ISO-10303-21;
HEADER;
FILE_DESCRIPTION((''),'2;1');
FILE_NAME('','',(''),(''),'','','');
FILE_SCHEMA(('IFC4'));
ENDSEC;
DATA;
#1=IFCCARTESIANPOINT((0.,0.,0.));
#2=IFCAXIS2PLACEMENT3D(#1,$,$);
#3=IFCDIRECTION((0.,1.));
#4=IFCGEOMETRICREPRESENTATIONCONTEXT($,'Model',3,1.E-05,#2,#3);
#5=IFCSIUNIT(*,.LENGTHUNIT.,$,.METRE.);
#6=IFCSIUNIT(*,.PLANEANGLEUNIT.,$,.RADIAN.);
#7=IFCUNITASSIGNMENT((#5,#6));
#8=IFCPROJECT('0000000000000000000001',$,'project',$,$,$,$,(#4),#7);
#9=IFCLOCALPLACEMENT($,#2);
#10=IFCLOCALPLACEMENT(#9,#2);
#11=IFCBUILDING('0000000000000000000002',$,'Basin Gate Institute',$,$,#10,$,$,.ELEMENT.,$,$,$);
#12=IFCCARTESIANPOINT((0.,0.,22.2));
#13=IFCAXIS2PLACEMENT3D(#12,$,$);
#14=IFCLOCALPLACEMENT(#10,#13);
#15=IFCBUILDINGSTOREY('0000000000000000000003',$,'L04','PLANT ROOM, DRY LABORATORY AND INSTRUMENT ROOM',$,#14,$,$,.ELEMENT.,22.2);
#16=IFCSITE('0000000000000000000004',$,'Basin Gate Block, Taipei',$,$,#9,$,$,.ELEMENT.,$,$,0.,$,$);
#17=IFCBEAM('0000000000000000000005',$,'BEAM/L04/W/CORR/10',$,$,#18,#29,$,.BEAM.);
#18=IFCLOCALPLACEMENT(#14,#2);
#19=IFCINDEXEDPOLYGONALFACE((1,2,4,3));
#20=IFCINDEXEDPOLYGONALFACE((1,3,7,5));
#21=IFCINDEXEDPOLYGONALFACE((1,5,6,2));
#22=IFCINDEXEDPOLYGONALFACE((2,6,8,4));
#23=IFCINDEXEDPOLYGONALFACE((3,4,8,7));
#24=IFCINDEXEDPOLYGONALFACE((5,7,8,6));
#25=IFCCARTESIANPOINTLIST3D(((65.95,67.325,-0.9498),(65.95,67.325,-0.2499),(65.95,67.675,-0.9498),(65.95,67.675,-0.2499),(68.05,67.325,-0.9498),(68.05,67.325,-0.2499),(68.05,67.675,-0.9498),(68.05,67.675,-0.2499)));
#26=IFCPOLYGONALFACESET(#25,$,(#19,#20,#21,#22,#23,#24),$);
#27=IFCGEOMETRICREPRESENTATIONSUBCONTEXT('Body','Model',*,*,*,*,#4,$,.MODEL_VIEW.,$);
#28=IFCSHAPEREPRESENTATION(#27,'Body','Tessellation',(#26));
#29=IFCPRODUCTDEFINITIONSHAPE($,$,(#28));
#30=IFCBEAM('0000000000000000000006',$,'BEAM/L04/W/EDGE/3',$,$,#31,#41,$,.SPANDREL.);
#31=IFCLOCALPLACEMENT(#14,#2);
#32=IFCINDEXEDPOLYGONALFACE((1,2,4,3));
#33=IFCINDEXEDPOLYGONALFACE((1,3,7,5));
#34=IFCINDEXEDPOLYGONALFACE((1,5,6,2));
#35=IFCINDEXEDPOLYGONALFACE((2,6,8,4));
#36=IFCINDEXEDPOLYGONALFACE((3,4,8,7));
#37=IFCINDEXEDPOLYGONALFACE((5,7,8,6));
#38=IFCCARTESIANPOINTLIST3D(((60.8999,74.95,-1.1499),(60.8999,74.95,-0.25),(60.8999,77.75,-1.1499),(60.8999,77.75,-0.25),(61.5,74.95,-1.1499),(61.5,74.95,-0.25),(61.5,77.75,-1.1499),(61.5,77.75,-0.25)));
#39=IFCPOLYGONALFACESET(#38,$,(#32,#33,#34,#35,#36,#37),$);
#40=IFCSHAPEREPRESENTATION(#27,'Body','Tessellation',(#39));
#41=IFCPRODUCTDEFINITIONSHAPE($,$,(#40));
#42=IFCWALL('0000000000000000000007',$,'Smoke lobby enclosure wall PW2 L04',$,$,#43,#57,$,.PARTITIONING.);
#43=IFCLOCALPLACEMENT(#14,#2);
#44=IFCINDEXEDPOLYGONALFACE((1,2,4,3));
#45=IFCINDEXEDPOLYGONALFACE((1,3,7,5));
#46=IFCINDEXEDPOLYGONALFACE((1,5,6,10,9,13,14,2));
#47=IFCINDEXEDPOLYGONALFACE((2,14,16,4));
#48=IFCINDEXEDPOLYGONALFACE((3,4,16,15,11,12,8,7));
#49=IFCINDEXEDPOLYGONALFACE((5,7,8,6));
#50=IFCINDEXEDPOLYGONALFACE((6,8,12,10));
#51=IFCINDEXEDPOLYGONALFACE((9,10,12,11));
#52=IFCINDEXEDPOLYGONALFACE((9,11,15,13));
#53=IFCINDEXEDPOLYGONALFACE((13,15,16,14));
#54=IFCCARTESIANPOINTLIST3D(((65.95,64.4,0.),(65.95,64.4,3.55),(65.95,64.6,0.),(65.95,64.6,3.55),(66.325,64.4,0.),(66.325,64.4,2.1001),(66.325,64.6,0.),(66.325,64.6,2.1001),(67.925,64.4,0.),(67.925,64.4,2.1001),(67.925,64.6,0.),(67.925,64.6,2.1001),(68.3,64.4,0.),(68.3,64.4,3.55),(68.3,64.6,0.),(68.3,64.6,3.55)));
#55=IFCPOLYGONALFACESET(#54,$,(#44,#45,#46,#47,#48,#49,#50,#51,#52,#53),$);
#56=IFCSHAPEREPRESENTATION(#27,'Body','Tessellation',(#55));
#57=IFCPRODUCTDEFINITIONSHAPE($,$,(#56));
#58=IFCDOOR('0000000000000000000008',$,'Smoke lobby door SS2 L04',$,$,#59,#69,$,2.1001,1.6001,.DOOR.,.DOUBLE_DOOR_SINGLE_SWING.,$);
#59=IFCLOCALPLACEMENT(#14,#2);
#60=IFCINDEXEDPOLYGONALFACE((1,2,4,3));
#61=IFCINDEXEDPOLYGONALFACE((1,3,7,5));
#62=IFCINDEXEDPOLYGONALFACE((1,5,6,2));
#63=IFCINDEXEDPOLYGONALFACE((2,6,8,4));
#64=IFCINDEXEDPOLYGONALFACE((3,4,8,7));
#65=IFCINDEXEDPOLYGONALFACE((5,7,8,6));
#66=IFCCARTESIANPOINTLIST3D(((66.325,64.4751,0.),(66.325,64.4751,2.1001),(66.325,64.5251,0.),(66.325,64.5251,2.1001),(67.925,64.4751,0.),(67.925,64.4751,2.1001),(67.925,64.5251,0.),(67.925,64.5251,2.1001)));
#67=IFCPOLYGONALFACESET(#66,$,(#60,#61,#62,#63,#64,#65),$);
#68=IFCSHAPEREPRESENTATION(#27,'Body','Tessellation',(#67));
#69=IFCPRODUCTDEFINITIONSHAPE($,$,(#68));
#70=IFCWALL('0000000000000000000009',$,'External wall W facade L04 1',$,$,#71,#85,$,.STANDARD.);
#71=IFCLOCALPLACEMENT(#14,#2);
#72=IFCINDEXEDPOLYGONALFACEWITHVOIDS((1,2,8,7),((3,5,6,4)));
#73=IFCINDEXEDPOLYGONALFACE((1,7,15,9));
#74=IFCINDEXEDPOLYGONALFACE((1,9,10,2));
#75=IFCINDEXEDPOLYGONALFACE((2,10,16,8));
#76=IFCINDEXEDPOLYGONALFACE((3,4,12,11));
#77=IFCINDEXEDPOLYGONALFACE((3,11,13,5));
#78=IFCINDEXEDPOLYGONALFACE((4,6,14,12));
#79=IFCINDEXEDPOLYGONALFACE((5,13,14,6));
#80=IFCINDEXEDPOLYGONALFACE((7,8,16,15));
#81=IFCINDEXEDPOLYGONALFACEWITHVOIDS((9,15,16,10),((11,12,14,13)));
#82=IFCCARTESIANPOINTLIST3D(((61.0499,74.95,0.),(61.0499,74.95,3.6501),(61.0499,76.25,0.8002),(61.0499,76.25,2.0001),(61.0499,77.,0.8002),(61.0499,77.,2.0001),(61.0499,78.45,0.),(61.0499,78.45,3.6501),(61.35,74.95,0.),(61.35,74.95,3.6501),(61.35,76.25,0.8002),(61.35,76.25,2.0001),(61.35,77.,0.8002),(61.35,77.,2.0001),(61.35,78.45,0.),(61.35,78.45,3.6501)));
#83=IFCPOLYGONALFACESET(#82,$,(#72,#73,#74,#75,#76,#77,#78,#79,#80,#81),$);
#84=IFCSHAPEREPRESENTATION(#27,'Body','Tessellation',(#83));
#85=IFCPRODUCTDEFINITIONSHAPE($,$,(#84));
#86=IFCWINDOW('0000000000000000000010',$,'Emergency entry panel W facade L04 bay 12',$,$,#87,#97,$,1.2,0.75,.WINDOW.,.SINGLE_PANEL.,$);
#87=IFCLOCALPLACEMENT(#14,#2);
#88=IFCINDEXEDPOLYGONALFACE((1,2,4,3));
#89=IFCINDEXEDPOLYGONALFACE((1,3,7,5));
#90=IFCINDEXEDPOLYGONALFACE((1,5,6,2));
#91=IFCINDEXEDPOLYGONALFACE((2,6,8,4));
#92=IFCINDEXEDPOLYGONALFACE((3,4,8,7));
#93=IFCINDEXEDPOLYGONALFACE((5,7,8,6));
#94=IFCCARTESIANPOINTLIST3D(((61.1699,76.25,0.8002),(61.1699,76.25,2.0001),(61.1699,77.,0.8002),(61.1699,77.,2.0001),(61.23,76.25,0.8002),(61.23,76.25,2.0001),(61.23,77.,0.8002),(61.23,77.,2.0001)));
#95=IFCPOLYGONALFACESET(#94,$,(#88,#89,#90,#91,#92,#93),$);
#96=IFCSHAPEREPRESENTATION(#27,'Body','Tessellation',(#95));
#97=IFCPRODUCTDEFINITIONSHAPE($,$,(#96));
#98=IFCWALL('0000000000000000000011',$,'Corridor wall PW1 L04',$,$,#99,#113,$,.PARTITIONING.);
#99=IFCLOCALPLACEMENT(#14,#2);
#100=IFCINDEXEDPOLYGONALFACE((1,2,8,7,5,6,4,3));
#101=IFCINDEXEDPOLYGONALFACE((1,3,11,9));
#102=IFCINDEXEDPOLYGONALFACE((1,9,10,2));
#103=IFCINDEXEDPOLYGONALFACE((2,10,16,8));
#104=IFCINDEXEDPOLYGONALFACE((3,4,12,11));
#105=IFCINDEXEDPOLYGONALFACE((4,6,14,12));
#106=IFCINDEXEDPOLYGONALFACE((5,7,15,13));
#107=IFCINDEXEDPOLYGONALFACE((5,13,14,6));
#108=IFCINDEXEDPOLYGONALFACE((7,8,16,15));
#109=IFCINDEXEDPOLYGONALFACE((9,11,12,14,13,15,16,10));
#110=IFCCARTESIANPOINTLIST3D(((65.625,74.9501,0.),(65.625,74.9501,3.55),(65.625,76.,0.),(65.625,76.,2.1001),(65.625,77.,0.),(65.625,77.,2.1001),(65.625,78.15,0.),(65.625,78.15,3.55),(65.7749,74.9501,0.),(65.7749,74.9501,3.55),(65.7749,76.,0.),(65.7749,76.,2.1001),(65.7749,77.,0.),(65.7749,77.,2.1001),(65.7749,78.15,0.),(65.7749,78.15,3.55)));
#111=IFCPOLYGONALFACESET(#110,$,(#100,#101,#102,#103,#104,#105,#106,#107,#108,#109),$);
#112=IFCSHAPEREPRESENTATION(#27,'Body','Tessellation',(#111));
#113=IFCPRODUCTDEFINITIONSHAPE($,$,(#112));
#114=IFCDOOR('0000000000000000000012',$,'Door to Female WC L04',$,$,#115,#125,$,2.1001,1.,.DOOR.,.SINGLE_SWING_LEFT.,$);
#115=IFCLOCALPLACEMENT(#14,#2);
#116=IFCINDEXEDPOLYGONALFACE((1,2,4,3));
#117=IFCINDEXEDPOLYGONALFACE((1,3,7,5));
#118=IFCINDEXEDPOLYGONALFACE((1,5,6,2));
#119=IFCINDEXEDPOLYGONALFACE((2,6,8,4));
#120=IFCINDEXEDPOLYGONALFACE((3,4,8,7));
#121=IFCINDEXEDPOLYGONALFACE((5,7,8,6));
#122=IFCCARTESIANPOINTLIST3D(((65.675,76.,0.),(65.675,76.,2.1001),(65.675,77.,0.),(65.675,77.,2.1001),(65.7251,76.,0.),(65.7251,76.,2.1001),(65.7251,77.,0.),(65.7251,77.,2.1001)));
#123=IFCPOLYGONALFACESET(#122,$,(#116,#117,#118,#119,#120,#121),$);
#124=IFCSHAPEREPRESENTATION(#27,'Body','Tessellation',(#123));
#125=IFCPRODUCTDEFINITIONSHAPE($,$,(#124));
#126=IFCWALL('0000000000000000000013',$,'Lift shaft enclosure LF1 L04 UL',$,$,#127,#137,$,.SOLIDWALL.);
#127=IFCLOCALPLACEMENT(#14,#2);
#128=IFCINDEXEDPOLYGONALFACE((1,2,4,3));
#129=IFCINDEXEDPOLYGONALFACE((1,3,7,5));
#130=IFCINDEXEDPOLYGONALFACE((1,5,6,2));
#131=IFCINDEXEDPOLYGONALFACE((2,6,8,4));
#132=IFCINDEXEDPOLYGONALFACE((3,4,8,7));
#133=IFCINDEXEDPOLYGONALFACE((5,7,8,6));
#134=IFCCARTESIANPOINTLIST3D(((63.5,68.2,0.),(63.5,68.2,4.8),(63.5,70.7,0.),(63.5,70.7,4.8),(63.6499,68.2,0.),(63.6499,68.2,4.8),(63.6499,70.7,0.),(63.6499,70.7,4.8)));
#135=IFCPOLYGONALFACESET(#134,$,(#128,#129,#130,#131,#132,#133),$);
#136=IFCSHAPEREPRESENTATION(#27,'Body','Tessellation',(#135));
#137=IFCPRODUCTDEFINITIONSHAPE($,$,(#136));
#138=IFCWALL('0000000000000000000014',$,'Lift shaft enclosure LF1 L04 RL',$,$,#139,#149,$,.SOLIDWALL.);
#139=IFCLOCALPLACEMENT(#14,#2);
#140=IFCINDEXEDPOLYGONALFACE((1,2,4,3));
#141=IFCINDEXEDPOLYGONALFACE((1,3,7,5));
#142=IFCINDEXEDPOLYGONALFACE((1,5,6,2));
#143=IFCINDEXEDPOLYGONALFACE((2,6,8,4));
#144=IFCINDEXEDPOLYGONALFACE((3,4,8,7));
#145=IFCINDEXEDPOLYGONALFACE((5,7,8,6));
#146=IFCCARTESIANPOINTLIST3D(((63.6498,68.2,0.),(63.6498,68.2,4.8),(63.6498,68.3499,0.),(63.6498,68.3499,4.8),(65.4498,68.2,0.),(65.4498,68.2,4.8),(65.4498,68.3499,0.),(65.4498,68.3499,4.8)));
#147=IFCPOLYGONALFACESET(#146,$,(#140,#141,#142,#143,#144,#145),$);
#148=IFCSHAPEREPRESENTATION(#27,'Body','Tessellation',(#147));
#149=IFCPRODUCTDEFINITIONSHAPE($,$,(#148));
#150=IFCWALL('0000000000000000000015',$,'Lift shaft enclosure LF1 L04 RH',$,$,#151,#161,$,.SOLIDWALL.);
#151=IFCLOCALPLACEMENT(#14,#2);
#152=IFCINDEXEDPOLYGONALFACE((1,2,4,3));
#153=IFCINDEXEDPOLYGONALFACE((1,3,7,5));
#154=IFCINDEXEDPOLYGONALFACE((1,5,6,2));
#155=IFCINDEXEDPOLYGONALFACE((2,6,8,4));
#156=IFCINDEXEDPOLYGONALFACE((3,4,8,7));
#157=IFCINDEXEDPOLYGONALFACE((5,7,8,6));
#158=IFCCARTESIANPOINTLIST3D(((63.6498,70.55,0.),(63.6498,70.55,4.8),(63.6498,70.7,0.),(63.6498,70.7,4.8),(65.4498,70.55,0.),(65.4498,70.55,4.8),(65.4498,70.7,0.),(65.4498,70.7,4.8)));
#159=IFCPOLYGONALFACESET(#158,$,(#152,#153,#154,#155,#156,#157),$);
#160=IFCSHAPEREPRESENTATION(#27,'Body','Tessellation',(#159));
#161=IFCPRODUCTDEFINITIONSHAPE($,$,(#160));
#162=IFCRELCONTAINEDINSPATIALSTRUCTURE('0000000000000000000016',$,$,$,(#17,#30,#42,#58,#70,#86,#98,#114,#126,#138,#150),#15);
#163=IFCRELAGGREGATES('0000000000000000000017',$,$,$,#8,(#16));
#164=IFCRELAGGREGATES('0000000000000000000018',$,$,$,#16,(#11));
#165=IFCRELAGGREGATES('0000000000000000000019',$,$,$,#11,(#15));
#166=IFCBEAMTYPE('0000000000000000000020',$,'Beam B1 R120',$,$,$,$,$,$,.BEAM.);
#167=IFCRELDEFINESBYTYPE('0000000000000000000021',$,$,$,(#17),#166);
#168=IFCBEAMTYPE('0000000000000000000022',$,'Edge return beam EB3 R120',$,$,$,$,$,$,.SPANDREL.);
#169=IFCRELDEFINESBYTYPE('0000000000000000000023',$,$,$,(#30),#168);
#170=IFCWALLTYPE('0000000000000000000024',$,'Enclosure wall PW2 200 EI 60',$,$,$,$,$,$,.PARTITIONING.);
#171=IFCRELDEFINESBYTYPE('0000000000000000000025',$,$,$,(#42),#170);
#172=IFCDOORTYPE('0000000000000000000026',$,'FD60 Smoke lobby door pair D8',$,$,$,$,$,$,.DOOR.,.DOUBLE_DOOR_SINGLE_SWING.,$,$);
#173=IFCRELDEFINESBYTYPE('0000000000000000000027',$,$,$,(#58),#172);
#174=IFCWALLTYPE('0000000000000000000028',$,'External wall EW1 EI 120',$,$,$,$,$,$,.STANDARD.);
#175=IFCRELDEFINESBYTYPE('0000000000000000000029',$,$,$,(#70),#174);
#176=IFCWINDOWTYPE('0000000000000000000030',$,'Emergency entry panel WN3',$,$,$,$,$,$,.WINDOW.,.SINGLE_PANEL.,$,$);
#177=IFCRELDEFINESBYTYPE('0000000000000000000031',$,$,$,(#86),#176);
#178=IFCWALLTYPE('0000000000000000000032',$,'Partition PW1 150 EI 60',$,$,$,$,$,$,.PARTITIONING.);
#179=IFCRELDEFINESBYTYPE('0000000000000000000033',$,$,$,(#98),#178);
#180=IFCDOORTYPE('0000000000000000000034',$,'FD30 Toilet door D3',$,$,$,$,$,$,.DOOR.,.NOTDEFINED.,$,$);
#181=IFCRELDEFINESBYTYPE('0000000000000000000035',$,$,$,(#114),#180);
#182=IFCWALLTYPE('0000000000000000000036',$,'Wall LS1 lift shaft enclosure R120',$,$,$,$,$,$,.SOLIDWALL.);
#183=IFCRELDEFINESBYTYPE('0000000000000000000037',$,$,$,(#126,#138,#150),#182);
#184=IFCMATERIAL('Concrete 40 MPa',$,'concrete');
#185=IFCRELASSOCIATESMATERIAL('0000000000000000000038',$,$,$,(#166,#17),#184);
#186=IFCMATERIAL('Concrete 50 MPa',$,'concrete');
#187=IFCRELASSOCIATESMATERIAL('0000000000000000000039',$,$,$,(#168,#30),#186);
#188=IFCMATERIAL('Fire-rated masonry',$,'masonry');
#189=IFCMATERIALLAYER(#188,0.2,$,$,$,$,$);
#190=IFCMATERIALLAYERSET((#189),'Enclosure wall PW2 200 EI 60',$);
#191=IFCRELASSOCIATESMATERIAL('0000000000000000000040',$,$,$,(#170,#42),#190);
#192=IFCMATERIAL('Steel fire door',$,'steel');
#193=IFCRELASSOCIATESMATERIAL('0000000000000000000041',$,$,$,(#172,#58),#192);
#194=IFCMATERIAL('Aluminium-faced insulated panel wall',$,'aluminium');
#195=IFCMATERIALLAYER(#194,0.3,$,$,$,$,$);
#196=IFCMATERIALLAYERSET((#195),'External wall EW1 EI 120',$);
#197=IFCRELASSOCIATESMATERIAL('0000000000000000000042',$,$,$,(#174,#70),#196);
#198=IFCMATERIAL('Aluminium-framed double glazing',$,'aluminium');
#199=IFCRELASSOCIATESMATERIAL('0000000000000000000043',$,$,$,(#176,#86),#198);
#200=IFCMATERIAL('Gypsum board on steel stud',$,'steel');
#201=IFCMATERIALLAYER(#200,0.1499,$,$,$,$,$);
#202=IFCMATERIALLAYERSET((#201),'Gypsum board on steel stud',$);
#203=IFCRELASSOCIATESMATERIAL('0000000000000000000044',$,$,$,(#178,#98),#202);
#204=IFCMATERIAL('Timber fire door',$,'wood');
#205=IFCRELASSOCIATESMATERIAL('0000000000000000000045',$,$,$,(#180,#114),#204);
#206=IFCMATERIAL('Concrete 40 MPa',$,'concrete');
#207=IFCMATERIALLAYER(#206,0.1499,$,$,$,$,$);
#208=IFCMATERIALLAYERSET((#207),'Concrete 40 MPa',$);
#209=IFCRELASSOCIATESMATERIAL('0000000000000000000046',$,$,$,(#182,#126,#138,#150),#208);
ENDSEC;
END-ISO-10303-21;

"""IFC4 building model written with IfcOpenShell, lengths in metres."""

from ifc_helpers import new_model, si_unit, direction, frame, frame_2d, origin, origin_2d, place, context, subcontext, project, spatial, rectangle, extrude, material, layer, layer_set, material_profile, profile_set, type_object, element, fill, save


model = new_model("IFC4")

# Units and contexts
model_context = context("Model", 3, precision=1e-05, world=origin(), true_north=direction((0.0, 1.0)))
body_context = subcontext(model_context, "Body", "Model", "MODEL_VIEW")
ifc_project = project(units=[si_unit("LENGTHUNIT", "METRE"), si_unit("PLANEANGLEUNIT", "RADIAN")], contexts=[model_context])

# Site, building, storey
site_placement = place(None, origin())
site = spatial("IfcSite", under=ifc_project, at=site_placement, Name="Basin Gate Block, Taipei", CompositionType="ELEMENT", RefElevation=0.0)
building_placement = place(site_placement, origin())
building = spatial("IfcBuilding", under=site, at=building_placement, Name="Basin Gate Institute", CompositionType="ELEMENT")
storey_placement = place(building_placement, frame((0.0, 0.0, 22.2)))
storey = spatial("IfcBuildingStorey", under=building, at=storey_placement, Name="L04", Description="PLANT ROOM, DRY LABORATORY AND INSTRUMENT ROOM", CompositionType="ELEMENT", Elevation=22.2)

# Beams
ifc_material_1 = material(Name="Concrete 40 MPa", Category="concrete")
ifc_material_profile_1 = material_profile(ifc_material_1, rectangle(XDim=0.3501, YDim=0.7, at=origin_2d()), Name="Beam B1 350 x 700")
ifc_profile_set_1 = profile_set([ifc_material_profile_1], Name="Concrete 40 MPa")
beam_type_1 = type_object("IfcBeamType", Name="Beam B1 R120", PredefinedType="BEAM", material=ifc_profile_set_1)
beam_1_placement = place(storey_placement, frame((65.95, 67.5, -0.5999), z_axis=(1.0, 0.0, 0.0), x_axis=(0.0, 1.0, 0.0)))
element("IfcBeam", 1, at=beam_1_placement, inside=storey, type_object=beam_type_1, material=ifc_profile_set_1, Name="BEAM/L04/W/CORR/10", PredefinedType="BEAM", context=body_context, shape_type="SweptSolid", body=[
    extrude(rectangle(XDim=0.3501, YDim=0.7, at=origin_2d()), origin(), (0.0, 0.0, 1.0), 2.1001),
])
ifc_material_2 = material(Name="Concrete 50 MPa", Category="concrete")
ifc_material_profile_2 = material_profile(ifc_material_2, rectangle(XDim=0.6001, YDim=0.8999, at=origin_2d()), Name="Edge return beam EB3 600 x 900")
ifc_profile_set_2 = profile_set([ifc_material_profile_2], Name="Concrete 50 MPa")
beam_type_2 = type_object("IfcBeamType", Name="Edge return beam EB3 R120", PredefinedType="SPANDREL", material=ifc_profile_set_2)
beam_2_placement = place(storey_placement, frame((61.2, 74.95, -0.7), z_axis=(0.0, 1.0, 0.0), x_axis=(-1.0, 0.0, 0.0)))
element("IfcBeam", 2, at=beam_2_placement, inside=storey, type_object=beam_type_2, material=ifc_profile_set_2, Name="BEAM/L04/W/EDGE/3", PredefinedType="SPANDREL", context=body_context, shape_type="SweptSolid", body=[
    extrude(rectangle(XDim=0.6001, YDim=0.8999, at=origin_2d()), origin(), (0.0, 0.0, 1.0), 2.8),
])

# Wall, opening, door
ifc_material_3 = material(Name="Fire-rated masonry", Category="masonry")
ifc_layer_1 = layer(ifc_material_3, 0.2)
ifc_layer_set_1 = layer_set([ifc_layer_1], Name="Enclosure wall PW2 200 EI 60")
wall_type_1 = type_object("IfcWallType", Name="Enclosure wall PW2 200 EI 60", PredefinedType="PARTITIONING", material=ifc_layer_set_1)
wall_1_placement = place(storey_placement, frame((65.95, 64.5, 0.0), z_axis=(0.0, 0.0, 1.0), x_axis=(1.0, 0.0, 0.0)))
wall_1 = element("IfcWall", 3, at=wall_1_placement, inside=storey, type_object=wall_type_1, material=ifc_layer_set_1, Name="Smoke lobby enclosure wall PW2 L04", PredefinedType="PARTITIONING", context=body_context, shape_type="SweptSolid", body=[
    extrude(rectangle(XDim=2.3501, YDim=0.2, at=frame_2d((1.175, 0.0))), origin(), (0.0, 0.0, 1.0), 3.55),
])
opening_1_placement = place(wall_1_placement, frame((0.375, 0.0, 0.0)))
opening_1 = element("IfcOpeningElement", 4, at=opening_1_placement, cuts=wall_1, PredefinedType="OPENING", context=body_context, shape_type="SweptSolid", body=[
    extrude(rectangle(XDim=1.6001, YDim=2.1001, at=frame_2d((0.8, 1.05))), frame((0.0, 0.1099, 0.0), z_axis=(0.0, -1.0, 0.0), x_axis=(1.0, 0.0, 0.0)), (0.0, 0.0, 1.0), 0.22),
])
ifc_material_4 = material(Name="Steel fire door", Category="steel")
door_type_1 = type_object("IfcDoorType", Name="FD60 Smoke lobby door pair D8", OperationType="DOUBLE_DOOR_SINGLE_SWING", PredefinedType="DOOR", material=ifc_material_4)
door_1_placement = place(opening_1_placement, frame((1.6001, 0.0, 0.0), z_axis=(0.0, 0.0, 1.0), x_axis=(-1.0, 0.0, 0.0)))
door_1 = element("IfcDoor", 5, at=door_1_placement, inside=storey, type_object=door_type_1, material=ifc_material_4, Name="Smoke lobby door SS2 L04", OperationType="DOUBLE_DOOR_SINGLE_SWING", OverallHeight=2.1001, OverallWidth=1.6001, PredefinedType="DOOR", context=body_context, shape_type="SweptSolid", body=[
    extrude(rectangle(XDim=1.6001, YDim=2.1001, at=frame_2d((0.8, 1.05))), frame((0.0, 0.0249, 0.0), z_axis=(0.0, -1.0, 0.0), x_axis=(1.0, 0.0, 0.0)), (0.0, 0.0, 1.0), 0.05),
])
fill(opening_1, door_1)

# Wall, opening, window
ifc_material_5 = material(Name="Aluminium-faced insulated panel wall", Category="aluminium")
ifc_layer_2 = layer(ifc_material_5, 0.3)
ifc_layer_set_2 = layer_set([ifc_layer_2], Name="External wall EW1 EI 120")
wall_type_2 = type_object("IfcWallType", Name="External wall EW1 EI 120", PredefinedType="STANDARD", material=ifc_layer_set_2)
wall_2_placement = place(storey_placement, frame((61.2, 74.95, 0.0), z_axis=(0.0, 0.0, 1.0), x_axis=(0.0, 1.0, 0.0)))
wall_2 = element("IfcWall", 6, at=wall_2_placement, inside=storey, type_object=wall_type_2, material=ifc_layer_set_2, Name="External wall W facade L04 1", PredefinedType="STANDARD", context=body_context, shape_type="SweptSolid", body=[
    extrude(rectangle(XDim=3.5, YDim=0.3, at=frame_2d((1.75, 0.0))), origin(), (0.0, 0.0, 1.0), 3.6501),
])
opening_2_placement = place(wall_2_placement, frame((1.3, 0.0, 0.8)))
opening_2 = element("IfcOpeningElement", 7, at=opening_2_placement, cuts=wall_2, PredefinedType="OPENING", context=body_context, shape_type="SweptSolid", body=[
    extrude(rectangle(XDim=0.75, YDim=1.2, at=frame_2d((0.375, 0.6001))), frame((0.0, 0.1602, 0.0), z_axis=(0.0, -1.0, 0.0), x_axis=(1.0, 0.0, 0.0)), (0.0, 0.0, 1.0), 0.3201),
])
ifc_material_6 = material(Name="Aluminium-framed double glazing", Category="aluminium")
window_type_1 = type_object("IfcWindowType", Name="Emergency entry panel WN3", PartitioningType="SINGLE_PANEL", PredefinedType="WINDOW", material=ifc_material_6)
window_1_placement = place(opening_2_placement, origin())
window_1 = element("IfcWindow", 8, at=window_1_placement, inside=storey, type_object=window_type_1, material=ifc_material_6, Name="Emergency entry panel W facade L04 bay 12", OverallHeight=1.2, OverallWidth=0.75, PartitioningType="SINGLE_PANEL", PredefinedType="WINDOW", context=body_context, shape_type="SweptSolid", body=[
    extrude(rectangle(XDim=0.75, YDim=1.2, at=frame_2d((0.375, 0.6001))), frame((0.0, 0.03, 0.0), z_axis=(0.0, -1.0, 0.0), x_axis=(1.0, 0.0, 0.0)), (0.0, 0.0, 1.0), 0.0601),
])
fill(opening_2, window_1)

# Wall, opening, door
ifc_material_7 = material(Name="Gypsum board on steel stud", Category="steel")
ifc_layer_3 = layer(ifc_material_7, 0.1499)
ifc_layer_set_3 = layer_set([ifc_layer_3], Name="Gypsum board on steel stud")
wall_type_3 = type_object("IfcWallType", Name="Partition PW1 150 EI 60", PredefinedType="PARTITIONING", material=ifc_layer_set_3)
wall_3_placement = place(storey_placement, frame((65.7, 74.95, 0.0), z_axis=(0.0, 0.0, 1.0), x_axis=(0.0, 1.0, 0.0)))
wall_3 = element("IfcWall", 9, at=wall_3_placement, inside=storey, type_object=wall_type_3, material=ifc_layer_set_3, Name="Corridor wall PW1 L04", PredefinedType="PARTITIONING", context=body_context, shape_type="SweptSolid", body=[
    extrude(rectangle(XDim=3.2, YDim=0.1499, at=frame_2d((1.6001, 0.0))), origin(), (0.0, 0.0, 1.0), 3.55),
])
opening_3_placement = place(wall_3_placement, frame((1.05, 0.0, 0.0)))
opening_3 = element("IfcOpeningElement", 10, at=opening_3_placement, cuts=wall_3, PredefinedType="OPENING", context=body_context, shape_type="SweptSolid", body=[
    extrude(rectangle(XDim=1.0, YDim=2.1001, at=frame_2d((0.5, 1.05))), frame((0.0, 0.085, 0.0), z_axis=(0.0, -1.0, 0.0), x_axis=(1.0, 0.0, 0.0)), (0.0, 0.0, 1.0), 0.1699),
])
ifc_material_8 = material(Name="Timber fire door", Category="wood")
door_type_2 = type_object("IfcDoorType", Name="FD30 Toilet door D3", OperationType="NOTDEFINED", PredefinedType="DOOR", material=ifc_material_8)
door_2_placement = place(opening_3_placement, origin())
door_2 = element("IfcDoor", 11, at=door_2_placement, inside=storey, type_object=door_type_2, material=ifc_material_8, Name="Door to Female WC L04", OperationType="SINGLE_SWING_LEFT", OverallHeight=2.1001, OverallWidth=1.0, PredefinedType="DOOR", context=body_context, shape_type="SweptSolid", body=[
    extrude(rectangle(XDim=1.0, YDim=2.1001, at=frame_2d((0.5, 1.05))), frame((0.0, 0.0249, 0.0), z_axis=(0.0, -1.0, 0.0), x_axis=(1.0, 0.0, 0.0)), (0.0, 0.0, 1.0), 0.05),
])
fill(opening_3, door_2)

# Walls
ifc_material_9 = material(Name="Concrete 40 MPa", Category="concrete")
ifc_layer_4 = layer(ifc_material_9, 0.1499)
ifc_layer_set_4 = layer_set([ifc_layer_4], Name="Concrete 40 MPa")
wall_type_4 = type_object("IfcWallType", Name="Wall LS1 lift shaft enclosure R120", PredefinedType="SOLIDWALL", material=ifc_layer_set_4)
wall_4_placement = place(storey_placement, frame((63.575, 68.2, 0.0), z_axis=(0.0, 0.0, 1.0), x_axis=(0.0, 1.0, 0.0)))
element("IfcWall", 12, at=wall_4_placement, inside=storey, type_object=wall_type_4, material=ifc_layer_set_4, Name="Lift shaft enclosure LF1 L04 UL", PredefinedType="SOLIDWALL", context=body_context, shape_type="SweptSolid", body=[
    extrude(rectangle(XDim=2.5, YDim=0.1499, at=frame_2d((1.25, 0.0))), origin(), (0.0, 0.0, 1.0), 4.8),
])
for number, where, z_axis, x_axis, name in (
    (13, (63.6499, 68.2749, 0.0), (0.0, 0.0, 1.0), (1.0, 0.0, 0.0), "Lift shaft enclosure LF1 L04 RL"),
    (14, (63.6499, 70.625, 0.0), (0.0, 0.0, 1.0), (1.0, 0.0, 0.0), "Lift shaft enclosure LF1 L04 RH"),
):
    element("IfcWall", number, at=place(storey_placement, frame(where, z_axis=z_axis, x_axis=x_axis)), inside=storey, type_object=wall_type_4, material=ifc_layer_set_4, Name=name, PredefinedType="SOLIDWALL", context=body_context, shape_type="SweptSolid", body=[
        extrude(rectangle(XDim=1.8, YDim=0.1499, at=frame_2d((0.8999, 0.0))), origin(), (0.0, 0.0, 1.0), 4.8),
    ])

save(model, "model.ifc")
